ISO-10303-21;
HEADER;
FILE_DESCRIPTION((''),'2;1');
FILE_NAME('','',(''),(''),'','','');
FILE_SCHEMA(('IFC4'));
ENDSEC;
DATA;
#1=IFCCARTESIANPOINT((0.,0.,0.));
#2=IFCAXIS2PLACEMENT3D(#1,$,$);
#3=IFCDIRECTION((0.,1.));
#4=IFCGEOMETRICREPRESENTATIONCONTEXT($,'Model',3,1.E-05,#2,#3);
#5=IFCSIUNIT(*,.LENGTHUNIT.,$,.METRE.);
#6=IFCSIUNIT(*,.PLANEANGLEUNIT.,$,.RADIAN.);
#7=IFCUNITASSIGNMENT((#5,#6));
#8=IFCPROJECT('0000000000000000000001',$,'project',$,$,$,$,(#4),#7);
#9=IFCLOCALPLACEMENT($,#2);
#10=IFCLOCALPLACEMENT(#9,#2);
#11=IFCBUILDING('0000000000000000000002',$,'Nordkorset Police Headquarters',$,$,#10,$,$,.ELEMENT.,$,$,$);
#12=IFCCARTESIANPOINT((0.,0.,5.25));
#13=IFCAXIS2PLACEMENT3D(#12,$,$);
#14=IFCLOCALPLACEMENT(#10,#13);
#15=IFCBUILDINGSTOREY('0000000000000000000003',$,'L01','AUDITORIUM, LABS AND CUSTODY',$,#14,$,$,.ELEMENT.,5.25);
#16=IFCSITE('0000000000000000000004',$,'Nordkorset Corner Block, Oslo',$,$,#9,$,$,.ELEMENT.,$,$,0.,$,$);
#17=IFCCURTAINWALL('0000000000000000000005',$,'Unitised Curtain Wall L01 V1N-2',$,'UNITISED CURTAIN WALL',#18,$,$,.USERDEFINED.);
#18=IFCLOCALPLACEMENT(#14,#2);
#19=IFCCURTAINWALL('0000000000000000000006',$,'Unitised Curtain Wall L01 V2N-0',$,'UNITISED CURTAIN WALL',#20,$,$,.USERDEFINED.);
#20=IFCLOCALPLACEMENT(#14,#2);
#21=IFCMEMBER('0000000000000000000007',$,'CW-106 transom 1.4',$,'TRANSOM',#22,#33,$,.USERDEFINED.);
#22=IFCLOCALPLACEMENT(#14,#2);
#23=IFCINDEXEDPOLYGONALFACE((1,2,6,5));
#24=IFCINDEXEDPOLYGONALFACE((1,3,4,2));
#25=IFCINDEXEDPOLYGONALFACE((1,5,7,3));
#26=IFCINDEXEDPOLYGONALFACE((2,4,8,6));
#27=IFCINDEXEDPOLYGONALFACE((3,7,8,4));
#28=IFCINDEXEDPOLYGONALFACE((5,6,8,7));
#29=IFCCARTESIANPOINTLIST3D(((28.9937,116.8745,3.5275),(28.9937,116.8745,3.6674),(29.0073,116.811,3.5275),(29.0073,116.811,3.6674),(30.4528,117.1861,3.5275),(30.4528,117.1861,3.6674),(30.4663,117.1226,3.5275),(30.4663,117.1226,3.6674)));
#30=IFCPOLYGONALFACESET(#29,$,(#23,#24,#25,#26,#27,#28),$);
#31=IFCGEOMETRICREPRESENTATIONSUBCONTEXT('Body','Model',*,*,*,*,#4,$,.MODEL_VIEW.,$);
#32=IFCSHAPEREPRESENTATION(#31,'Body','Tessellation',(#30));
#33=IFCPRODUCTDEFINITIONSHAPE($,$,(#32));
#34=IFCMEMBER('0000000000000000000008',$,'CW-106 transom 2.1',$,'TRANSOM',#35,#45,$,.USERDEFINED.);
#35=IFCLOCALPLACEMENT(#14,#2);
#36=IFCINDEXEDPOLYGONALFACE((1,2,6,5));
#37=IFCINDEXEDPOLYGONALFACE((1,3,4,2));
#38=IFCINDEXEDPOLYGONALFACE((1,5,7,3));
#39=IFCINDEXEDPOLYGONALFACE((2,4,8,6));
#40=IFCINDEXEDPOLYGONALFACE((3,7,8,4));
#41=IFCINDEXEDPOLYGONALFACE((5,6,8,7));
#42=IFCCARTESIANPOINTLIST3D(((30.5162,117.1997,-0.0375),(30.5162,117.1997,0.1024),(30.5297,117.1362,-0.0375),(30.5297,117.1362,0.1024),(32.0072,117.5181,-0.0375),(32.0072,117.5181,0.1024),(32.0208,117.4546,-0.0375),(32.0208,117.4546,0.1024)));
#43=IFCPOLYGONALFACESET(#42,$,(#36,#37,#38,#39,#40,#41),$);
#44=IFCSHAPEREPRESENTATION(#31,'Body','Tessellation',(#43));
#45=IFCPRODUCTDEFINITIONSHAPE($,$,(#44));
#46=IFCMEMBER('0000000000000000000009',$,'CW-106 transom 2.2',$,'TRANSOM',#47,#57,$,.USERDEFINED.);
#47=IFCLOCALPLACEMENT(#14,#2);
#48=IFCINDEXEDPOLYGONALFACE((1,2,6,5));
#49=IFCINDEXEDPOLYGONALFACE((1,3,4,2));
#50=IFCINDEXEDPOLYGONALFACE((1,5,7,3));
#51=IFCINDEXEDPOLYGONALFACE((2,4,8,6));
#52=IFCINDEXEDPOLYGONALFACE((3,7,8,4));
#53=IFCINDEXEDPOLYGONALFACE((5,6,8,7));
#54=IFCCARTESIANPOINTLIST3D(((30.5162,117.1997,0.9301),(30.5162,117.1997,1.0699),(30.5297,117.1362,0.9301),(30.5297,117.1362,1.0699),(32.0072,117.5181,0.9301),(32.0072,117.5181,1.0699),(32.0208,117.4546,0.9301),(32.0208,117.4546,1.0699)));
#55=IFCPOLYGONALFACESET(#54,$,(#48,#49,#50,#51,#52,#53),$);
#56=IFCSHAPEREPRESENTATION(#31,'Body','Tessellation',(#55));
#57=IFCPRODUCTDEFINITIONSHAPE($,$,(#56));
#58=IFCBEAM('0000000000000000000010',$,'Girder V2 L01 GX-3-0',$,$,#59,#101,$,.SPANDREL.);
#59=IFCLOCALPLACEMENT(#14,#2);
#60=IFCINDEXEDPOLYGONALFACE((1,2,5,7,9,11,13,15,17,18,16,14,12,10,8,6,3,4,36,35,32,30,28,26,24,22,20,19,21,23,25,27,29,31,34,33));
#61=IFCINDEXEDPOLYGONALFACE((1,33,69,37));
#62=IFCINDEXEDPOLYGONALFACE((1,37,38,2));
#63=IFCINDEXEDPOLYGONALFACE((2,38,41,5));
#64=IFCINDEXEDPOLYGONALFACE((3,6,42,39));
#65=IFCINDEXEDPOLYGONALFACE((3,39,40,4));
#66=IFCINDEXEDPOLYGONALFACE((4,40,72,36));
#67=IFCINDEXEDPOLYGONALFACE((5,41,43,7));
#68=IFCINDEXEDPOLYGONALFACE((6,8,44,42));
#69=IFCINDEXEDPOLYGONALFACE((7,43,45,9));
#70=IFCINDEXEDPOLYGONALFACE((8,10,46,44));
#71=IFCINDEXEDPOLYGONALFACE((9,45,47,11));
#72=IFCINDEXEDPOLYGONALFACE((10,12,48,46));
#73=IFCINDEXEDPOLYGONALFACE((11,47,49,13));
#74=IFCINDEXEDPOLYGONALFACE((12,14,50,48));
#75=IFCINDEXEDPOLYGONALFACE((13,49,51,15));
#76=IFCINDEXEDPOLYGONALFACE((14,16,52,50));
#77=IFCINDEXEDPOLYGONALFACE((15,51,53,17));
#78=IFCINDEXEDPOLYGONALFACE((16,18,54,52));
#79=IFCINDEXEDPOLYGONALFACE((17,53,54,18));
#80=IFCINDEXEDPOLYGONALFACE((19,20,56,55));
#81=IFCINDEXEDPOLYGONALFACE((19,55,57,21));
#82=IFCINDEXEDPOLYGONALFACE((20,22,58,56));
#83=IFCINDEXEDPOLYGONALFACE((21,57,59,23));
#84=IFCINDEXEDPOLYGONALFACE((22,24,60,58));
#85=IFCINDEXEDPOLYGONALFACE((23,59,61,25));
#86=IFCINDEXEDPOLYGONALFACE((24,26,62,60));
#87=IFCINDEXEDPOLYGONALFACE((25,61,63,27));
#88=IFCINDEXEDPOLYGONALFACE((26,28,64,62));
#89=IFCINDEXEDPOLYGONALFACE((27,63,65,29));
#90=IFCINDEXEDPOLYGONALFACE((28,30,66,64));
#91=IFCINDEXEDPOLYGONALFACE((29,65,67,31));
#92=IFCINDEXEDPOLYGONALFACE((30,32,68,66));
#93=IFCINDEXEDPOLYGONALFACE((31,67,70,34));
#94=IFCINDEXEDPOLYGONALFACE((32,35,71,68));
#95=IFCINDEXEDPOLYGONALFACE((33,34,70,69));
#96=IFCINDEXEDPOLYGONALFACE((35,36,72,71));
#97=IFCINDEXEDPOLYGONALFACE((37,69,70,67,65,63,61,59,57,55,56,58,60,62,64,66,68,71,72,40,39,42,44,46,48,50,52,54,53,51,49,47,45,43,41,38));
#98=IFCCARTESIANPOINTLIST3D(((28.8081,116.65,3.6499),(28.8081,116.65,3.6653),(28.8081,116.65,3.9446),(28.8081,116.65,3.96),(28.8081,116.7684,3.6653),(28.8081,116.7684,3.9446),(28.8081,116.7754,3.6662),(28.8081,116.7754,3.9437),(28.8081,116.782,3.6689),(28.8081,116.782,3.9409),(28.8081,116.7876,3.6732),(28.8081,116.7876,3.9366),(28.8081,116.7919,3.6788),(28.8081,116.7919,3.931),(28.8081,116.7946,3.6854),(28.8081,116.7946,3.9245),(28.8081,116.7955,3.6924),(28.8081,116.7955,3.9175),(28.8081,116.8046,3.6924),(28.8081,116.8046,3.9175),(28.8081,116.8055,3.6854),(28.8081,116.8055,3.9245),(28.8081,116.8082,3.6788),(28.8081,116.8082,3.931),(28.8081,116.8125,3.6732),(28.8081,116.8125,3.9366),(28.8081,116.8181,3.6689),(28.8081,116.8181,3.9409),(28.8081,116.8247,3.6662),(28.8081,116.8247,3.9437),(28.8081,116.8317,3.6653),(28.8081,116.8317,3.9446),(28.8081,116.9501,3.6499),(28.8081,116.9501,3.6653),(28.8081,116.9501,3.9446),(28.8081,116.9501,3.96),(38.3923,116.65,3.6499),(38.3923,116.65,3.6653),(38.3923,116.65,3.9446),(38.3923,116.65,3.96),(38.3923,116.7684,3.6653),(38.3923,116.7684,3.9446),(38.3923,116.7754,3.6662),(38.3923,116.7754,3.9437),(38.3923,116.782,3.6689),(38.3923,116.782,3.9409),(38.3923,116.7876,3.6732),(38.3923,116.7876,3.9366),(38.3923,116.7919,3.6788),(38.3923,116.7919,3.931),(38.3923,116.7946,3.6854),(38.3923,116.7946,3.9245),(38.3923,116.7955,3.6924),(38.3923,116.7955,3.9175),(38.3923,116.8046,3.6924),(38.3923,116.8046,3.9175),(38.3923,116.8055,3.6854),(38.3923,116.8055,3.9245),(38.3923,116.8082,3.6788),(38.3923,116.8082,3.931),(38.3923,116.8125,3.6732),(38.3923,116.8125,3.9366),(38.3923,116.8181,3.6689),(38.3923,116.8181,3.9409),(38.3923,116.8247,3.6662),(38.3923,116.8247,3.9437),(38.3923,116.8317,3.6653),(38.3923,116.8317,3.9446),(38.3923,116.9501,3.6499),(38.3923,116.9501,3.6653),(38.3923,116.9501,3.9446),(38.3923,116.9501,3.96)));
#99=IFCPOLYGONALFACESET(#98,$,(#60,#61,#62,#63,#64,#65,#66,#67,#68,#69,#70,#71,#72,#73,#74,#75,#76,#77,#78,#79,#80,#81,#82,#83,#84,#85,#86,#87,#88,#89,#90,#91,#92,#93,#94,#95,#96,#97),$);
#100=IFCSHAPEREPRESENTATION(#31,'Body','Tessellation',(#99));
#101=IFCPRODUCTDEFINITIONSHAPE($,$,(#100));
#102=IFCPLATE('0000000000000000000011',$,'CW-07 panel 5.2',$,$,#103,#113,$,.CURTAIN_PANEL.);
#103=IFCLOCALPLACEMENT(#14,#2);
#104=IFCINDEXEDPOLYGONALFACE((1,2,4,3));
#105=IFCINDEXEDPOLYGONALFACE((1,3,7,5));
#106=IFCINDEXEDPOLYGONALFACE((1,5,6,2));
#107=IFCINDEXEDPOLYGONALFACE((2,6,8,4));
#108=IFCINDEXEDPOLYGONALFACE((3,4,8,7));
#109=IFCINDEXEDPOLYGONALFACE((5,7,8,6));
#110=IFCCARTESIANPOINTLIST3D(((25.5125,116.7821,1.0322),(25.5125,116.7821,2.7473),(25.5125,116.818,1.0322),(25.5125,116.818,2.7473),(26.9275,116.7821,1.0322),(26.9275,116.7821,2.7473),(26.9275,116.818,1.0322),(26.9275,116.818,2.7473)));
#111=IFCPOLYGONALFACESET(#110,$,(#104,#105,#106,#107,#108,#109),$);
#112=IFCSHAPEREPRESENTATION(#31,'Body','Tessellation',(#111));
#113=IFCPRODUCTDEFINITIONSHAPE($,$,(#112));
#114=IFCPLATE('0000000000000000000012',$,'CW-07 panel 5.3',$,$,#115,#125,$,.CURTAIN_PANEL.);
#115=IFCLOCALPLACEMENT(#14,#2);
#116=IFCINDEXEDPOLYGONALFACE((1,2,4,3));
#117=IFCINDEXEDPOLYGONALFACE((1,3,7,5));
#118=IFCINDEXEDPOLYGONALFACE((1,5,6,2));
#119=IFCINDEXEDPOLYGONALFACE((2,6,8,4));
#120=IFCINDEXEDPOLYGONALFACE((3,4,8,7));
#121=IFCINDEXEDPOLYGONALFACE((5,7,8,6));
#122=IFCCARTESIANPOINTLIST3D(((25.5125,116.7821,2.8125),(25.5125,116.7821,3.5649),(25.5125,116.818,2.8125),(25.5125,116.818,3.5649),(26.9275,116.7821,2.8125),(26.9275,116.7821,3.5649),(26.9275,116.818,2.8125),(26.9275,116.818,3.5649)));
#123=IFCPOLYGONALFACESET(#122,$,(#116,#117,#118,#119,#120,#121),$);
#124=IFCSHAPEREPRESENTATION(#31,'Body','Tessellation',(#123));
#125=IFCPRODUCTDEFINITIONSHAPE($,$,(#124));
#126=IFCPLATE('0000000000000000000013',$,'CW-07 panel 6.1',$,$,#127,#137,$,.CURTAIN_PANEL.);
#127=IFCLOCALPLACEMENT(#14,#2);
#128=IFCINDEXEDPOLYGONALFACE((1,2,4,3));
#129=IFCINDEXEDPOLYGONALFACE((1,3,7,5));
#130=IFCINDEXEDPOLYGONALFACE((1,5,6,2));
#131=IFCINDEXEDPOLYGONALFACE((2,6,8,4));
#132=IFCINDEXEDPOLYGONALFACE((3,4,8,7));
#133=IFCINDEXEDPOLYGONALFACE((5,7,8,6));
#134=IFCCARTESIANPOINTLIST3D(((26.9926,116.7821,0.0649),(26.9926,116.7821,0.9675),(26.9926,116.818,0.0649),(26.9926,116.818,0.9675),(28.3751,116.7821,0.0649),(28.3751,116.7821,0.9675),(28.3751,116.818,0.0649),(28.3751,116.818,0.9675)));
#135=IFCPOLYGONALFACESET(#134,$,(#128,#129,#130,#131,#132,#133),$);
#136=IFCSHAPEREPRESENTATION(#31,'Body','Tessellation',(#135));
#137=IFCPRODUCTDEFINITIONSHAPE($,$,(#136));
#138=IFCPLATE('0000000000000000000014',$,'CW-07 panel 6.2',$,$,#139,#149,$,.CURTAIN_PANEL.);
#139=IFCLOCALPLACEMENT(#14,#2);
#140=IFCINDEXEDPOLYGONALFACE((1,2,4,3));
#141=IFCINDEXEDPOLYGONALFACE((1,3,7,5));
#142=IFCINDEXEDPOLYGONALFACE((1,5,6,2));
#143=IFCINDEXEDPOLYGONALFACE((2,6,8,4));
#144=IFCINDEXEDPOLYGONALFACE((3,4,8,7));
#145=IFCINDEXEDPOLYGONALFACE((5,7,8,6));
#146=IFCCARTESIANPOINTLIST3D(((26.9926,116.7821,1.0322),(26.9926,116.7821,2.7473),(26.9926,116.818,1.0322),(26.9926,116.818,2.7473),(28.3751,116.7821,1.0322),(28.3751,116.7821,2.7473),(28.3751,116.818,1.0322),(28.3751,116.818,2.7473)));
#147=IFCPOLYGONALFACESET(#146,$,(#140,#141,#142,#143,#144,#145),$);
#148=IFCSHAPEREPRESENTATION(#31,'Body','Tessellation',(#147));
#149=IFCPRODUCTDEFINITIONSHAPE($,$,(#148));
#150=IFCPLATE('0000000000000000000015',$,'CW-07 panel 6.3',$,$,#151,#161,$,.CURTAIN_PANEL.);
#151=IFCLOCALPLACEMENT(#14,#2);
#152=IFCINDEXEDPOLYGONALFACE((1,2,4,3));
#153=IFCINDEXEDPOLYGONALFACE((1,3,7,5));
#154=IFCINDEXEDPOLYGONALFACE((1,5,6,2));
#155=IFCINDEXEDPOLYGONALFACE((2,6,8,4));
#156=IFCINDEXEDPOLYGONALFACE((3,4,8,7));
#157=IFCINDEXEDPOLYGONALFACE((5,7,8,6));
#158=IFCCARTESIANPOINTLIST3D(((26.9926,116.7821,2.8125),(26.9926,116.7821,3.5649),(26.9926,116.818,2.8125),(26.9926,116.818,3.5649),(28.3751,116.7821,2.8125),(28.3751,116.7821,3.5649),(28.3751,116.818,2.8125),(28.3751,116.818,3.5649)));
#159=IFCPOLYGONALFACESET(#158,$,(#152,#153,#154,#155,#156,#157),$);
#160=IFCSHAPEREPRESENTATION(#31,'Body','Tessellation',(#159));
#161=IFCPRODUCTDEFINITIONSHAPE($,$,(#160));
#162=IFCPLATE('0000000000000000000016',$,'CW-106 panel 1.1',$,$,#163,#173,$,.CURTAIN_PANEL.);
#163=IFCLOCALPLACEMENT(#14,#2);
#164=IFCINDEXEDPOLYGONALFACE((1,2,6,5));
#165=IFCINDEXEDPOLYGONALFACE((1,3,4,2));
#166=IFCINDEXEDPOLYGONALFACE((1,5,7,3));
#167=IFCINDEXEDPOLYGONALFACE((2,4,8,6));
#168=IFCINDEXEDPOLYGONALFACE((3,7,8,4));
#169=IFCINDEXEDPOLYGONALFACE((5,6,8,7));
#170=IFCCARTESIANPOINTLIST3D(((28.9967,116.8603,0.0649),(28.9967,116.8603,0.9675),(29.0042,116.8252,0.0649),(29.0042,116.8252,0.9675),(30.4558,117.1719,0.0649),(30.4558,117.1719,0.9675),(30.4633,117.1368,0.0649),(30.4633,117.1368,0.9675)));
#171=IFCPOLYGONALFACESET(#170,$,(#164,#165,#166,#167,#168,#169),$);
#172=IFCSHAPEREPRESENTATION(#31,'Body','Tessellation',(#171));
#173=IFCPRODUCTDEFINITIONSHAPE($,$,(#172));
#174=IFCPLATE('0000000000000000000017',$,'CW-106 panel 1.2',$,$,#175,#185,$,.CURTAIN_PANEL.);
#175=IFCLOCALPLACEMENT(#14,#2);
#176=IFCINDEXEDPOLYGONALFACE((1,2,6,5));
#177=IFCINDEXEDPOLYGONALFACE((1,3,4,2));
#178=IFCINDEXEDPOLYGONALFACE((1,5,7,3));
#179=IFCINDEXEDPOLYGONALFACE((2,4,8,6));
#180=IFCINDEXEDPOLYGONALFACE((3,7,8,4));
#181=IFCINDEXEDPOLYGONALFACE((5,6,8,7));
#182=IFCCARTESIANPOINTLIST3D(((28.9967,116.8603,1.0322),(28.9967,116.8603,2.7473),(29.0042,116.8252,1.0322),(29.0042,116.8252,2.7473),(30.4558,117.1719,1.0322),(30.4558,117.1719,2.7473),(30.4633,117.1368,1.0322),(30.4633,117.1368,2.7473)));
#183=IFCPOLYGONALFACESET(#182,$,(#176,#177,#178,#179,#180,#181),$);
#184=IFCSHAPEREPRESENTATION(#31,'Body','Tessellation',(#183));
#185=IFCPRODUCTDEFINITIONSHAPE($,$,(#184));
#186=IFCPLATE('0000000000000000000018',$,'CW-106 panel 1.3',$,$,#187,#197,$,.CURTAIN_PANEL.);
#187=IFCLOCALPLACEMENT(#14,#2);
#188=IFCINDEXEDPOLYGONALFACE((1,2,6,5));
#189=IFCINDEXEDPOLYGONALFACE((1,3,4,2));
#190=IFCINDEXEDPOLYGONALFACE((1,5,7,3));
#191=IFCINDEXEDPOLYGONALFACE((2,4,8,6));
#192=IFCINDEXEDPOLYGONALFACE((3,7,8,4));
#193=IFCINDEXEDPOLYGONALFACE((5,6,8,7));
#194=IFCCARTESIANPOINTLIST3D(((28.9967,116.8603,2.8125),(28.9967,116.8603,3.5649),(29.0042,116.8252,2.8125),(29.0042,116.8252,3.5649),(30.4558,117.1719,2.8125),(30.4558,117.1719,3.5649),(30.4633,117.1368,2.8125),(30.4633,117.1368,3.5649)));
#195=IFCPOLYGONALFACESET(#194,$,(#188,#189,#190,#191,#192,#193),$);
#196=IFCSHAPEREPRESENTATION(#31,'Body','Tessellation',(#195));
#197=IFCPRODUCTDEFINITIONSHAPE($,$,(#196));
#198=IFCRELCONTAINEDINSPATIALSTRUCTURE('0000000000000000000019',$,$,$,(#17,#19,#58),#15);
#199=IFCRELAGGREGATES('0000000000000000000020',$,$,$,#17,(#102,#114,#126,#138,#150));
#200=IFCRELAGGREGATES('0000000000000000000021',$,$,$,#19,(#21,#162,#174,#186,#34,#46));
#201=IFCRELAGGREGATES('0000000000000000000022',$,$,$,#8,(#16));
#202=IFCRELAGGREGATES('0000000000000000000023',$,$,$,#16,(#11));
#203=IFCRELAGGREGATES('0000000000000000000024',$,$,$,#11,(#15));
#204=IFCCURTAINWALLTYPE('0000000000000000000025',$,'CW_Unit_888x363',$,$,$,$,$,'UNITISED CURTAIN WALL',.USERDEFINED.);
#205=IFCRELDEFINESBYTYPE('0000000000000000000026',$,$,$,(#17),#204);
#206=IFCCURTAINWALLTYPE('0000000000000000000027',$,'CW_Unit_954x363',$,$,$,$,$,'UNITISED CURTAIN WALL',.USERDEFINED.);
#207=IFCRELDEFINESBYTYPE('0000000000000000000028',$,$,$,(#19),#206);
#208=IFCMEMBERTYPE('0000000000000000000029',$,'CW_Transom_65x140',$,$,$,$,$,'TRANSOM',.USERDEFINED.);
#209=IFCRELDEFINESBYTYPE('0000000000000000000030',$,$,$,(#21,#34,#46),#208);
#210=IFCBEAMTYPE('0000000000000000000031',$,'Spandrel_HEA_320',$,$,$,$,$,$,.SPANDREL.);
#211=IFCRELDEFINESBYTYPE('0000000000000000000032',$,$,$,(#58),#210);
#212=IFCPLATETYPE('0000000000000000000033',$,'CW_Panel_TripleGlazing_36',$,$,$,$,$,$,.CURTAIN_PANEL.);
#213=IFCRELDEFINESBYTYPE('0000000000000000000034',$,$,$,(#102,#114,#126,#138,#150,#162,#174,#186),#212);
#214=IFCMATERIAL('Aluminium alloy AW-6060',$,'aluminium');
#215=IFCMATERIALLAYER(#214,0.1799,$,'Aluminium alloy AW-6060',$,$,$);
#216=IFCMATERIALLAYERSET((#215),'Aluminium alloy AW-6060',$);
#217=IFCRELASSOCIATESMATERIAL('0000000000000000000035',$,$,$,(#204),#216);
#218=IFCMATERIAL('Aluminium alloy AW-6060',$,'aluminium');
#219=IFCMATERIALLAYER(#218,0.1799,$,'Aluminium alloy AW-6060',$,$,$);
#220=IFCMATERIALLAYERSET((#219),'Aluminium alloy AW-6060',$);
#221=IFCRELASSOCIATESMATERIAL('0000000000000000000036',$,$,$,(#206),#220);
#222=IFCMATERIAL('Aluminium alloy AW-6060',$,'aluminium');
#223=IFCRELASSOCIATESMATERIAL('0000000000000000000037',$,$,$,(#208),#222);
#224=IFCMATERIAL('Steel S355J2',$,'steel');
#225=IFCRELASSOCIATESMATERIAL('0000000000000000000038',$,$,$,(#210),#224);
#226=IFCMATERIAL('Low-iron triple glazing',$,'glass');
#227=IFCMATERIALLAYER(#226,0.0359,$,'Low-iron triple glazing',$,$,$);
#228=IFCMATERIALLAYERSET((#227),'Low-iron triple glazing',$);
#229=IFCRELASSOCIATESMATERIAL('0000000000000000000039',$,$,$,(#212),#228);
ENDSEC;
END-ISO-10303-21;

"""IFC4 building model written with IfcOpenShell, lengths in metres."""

from ifc_helpers import new_model, si_unit, direction, frame, origin, origin_2d, place, context, subcontext, project, spatial, rectangle, i_section, extrude, material, layer, layer_set, material_profile, profile_set, type_object, element, aggregate, save


model = new_model("IFC4")

# Units and contexts
model_context = context("Model", 3, precision=1e-05, world=origin(), true_north=direction((0.0, 1.0)))
body_context = subcontext(model_context, "Body", "Model", "MODEL_VIEW")
ifc_project = project(units=[si_unit("LENGTHUNIT", "METRE"), si_unit("PLANEANGLEUNIT", "RADIAN")], contexts=[model_context])

# Site, building, storey
site_placement = place(None, origin())
site = spatial("IfcSite", under=ifc_project, at=site_placement, Name="Nordkorset Corner Block, Oslo", CompositionType="ELEMENT", RefElevation=0.0)
building_placement = place(site_placement, origin())
building = spatial("IfcBuilding", under=site, at=building_placement, Name="Nordkorset Police Headquarters", CompositionType="ELEMENT")
storey_placement = place(building_placement, frame((0.0, 0.0, 5.25)))
storey = spatial("IfcBuildingStorey", under=building, at=storey_placement, Name="L01", Description="AUDITORIUM, LABS AND CUSTODY", CompositionType="ELEMENT", Elevation=5.25)

# Curtain walls
ifc_material_1 = material(Name="Aluminium alloy AW-6060", Category="aluminium")
ifc_layer_1 = layer(ifc_material_1, 0.1799, Name="Aluminium alloy AW-6060")
ifc_layer_set_1 = layer_set([ifc_layer_1], Name="Aluminium alloy AW-6060")
curtain_wall_type_1 = type_object("IfcCurtainWallType", Name="CW_Unit_888x363", ElementType="UNITISED CURTAIN WALL", PredefinedType="USERDEFINED", material=ifc_layer_set_1)
curtain_wall_1_placement = place(storey_placement, origin())
curtain_wall_1 = element("IfcCurtainWall", 1, at=curtain_wall_1_placement, inside=storey, type_object=curtain_wall_type_1, Name="Unitised Curtain Wall L01 V1N-2", ObjectType="UNITISED CURTAIN WALL", PredefinedType="USERDEFINED")
ifc_material_2 = material(Name="Aluminium alloy AW-6060", Category="aluminium")
ifc_layer_2 = layer(ifc_material_2, 0.1799, Name="Aluminium alloy AW-6060")
ifc_layer_set_2 = layer_set([ifc_layer_2], Name="Aluminium alloy AW-6060")
curtain_wall_type_2 = type_object("IfcCurtainWallType", Name="CW_Unit_954x363", ElementType="UNITISED CURTAIN WALL", PredefinedType="USERDEFINED", material=ifc_layer_set_2)
curtain_wall_2_placement = place(storey_placement, origin())
curtain_wall_2 = element("IfcCurtainWall", 2, at=curtain_wall_2_placement, inside=storey, type_object=curtain_wall_type_2, Name="Unitised Curtain Wall L01 V2N-0", ObjectType="UNITISED CURTAIN WALL", PredefinedType="USERDEFINED")

# Members
ifc_material_3 = material(Name="Aluminium alloy AW-6060", Category="aluminium")
ifc_material_profile_1 = material_profile(ifc_material_3, rectangle(XDim=0.0649, YDim=0.1399, at=origin_2d()), Name="ALU TRAN 65x140")
ifc_profile_set_1 = profile_set([ifc_material_profile_1], Name="Aluminium alloy AW-6060")
member_type_1 = type_object("IfcMemberType", Name="CW_Transom_65x140", ElementType="TRANSOM", PredefinedType="USERDEFINED", material=ifc_profile_set_1)
member_1_placement = place(storey_placement, frame((29.0005, 116.8428, 3.5974), z_axis=(0.977955, 0.208814, 0.0), x_axis=(-0.208814, 0.977955, 0.0)))
member_1 = element("IfcMember", 3, at=member_1_placement, type_object=member_type_1, Name="CW-106 transom 1.4", ObjectType="TRANSOM", PredefinedType="USERDEFINED", context=body_context, shape_type="SweptSolid", body=[
    extrude(rectangle(XDim=0.0649, YDim=0.1399, at=origin_2d()), origin(), (0.0, 0.0, 1.0), 1.4919),
])
member_2_placement = place(storey_placement, frame((30.5229, 117.168, 0.0325), z_axis=(0.977954, 0.208818, 0.0), x_axis=(-0.208818, 0.977954, 0.0)))
member_2 = element("IfcMember", 4, at=member_2_placement, type_object=member_type_1, Name="CW-106 transom 2.1", ObjectType="TRANSOM", PredefinedType="USERDEFINED", context=body_context, shape_type="SweptSolid", body=[
    extrude(rectangle(XDim=0.0649, YDim=0.1399, at=origin_2d()), origin(), (0.0, 0.0, 1.0), 1.5247),
])
member_3_placement = place(storey_placement, frame((30.5229, 117.168, 1.0), z_axis=(0.977954, 0.208818, 0.0), x_axis=(-0.208818, 0.977954, 0.0)))
member_3 = element("IfcMember", 5, at=member_3_placement, type_object=member_type_1, Name="CW-106 transom 2.2", ObjectType="TRANSOM", PredefinedType="USERDEFINED", context=body_context, shape_type="SweptSolid", body=[
    extrude(rectangle(XDim=0.0649, YDim=0.1399, at=origin_2d()), origin(), (0.0, 0.0, 1.0), 1.5247),
])

# Beam
ifc_material_4 = material(Name="Steel S355J2", Category="steel")
ifc_material_profile_2 = material_profile(ifc_material_4, i_section(OverallWidth=0.3, OverallDepth=0.3101, WebThickness=0.009, FlangeThickness=0.0154, FilletRadius=0.0271, at=origin_2d()), Name="HEA 320")
ifc_profile_set_2 = profile_set([ifc_material_profile_2], Name="Steel S355J2")
beam_type = type_object("IfcBeamType", Name="Spandrel_HEA_320", PredefinedType="SPANDREL", material=ifc_profile_set_2)
beam_placement = place(storey_placement, frame((28.8081, 116.8, 3.8049), z_axis=(1.0, 0.0, 0.0), x_axis=(0.0, 1.0, 0.0)))
element("IfcBeam", 6, at=beam_placement, inside=storey, type_object=beam_type, Name="Girder V2 L01 GX-3-0", PredefinedType="SPANDREL", context=body_context, shape_type="SweptSolid", body=[
    extrude(i_section(OverallWidth=0.3, OverallDepth=0.3101, WebThickness=0.009, FlangeThickness=0.0154, FilletRadius=0.0271, at=origin_2d()), origin(), (0.0, 0.0, 1.0), 9.5842),
])

# Plates
ifc_material_5 = material(Name="Low-iron triple glazing", Category="glass")
ifc_layer_3 = layer(ifc_material_5, 0.0359, Name="Low-iron triple glazing")
ifc_layer_set_3 = layer_set([ifc_layer_3], Name="Low-iron triple glazing")
plate_type = type_object("IfcPlateType", Name="CW_Panel_TripleGlazing_36", PredefinedType="CURTAIN_PANEL", material=ifc_layer_set_3)
plate_1_placement = place(storey_placement, frame((26.22, 116.8, 1.0322), z_axis=(0.0, 0.0, 1.0), x_axis=(1.0, 0.0, 0.0)))
plate_1 = element("IfcPlate", 7, at=plate_1_placement, type_object=plate_type, Name="CW-07 panel 5.2", PredefinedType="CURTAIN_PANEL", context=body_context, shape_type="SweptSolid", body=[
    extrude(rectangle(XDim=1.415, YDim=0.0359, at=origin_2d()), origin(), (0.0, 0.0, 1.0), 1.7151),
])
plate_2_placement = place(storey_placement, frame((26.22, 116.8, 2.8125), z_axis=(0.0, 0.0, 1.0), x_axis=(1.0, 0.0, 0.0)))
plate_2 = element("IfcPlate", 8, at=plate_2_placement, type_object=plate_type, Name="CW-07 panel 5.3", PredefinedType="CURTAIN_PANEL", context=body_context, shape_type="SweptSolid", body=[
    extrude(rectangle(XDim=1.415, YDim=0.0359, at=origin_2d()), origin(), (0.0, 0.0, 1.0), 0.7524),
])
plate_3_placement = place(storey_placement, frame((27.6838, 116.8, 0.0649), z_axis=(0.0, 0.0, 1.0), x_axis=(1.0, 0.0, 0.0)))
plate_3 = element("IfcPlate", 9, at=plate_3_placement, type_object=plate_type, Name="CW-07 panel 6.1", PredefinedType="CURTAIN_PANEL", context=body_context, shape_type="SweptSolid", body=[
    extrude(rectangle(XDim=1.3826, YDim=0.0359, at=origin_2d()), origin(), (0.0, 0.0, 1.0), 0.9026),
])
plate_4_placement = place(storey_placement, frame((27.6838, 116.8, 1.0322), z_axis=(0.0, 0.0, 1.0), x_axis=(1.0, 0.0, 0.0)))
plate_4 = element("IfcPlate", 10, at=plate_4_placement, type_object=plate_type, Name="CW-07 panel 6.2", PredefinedType="CURTAIN_PANEL", context=body_context, shape_type="SweptSolid", body=[
    extrude(rectangle(XDim=1.3826, YDim=0.0359, at=origin_2d()), origin(), (0.0, 0.0, 1.0), 1.7151),
])
plate_5_placement = place(storey_placement, frame((27.6838, 116.8, 2.8125), z_axis=(0.0, 0.0, 1.0), x_axis=(1.0, 0.0, 0.0)))
plate_5 = element("IfcPlate", 11, at=plate_5_placement, type_object=plate_type, Name="CW-07 panel 6.3", PredefinedType="CURTAIN_PANEL", context=body_context, shape_type="SweptSolid", body=[
    extrude(rectangle(XDim=1.3826, YDim=0.0359, at=origin_2d()), origin(), (0.0, 0.0, 1.0), 0.7524),
])
aggregate(curtain_wall_1, [plate_1, plate_2, plate_3, plate_4, plate_5])
plate_6_placement = place(storey_placement, frame((29.73, 116.9985, 0.0649), z_axis=(0.0, 0.0, 1.0), x_axis=(0.977951, 0.208833, 0.0)))
plate_6 = element("IfcPlate", 12, at=plate_6_placement, type_object=plate_type, Name="CW-106 panel 1.1", PredefinedType="CURTAIN_PANEL", context=body_context, shape_type="SweptSolid", body=[
    extrude(rectangle(XDim=1.4919, YDim=0.0359, at=origin_2d()), origin(), (0.0, 0.0, 1.0), 0.9026),
])
plate_7_placement = place(storey_placement, frame((29.73, 116.9985, 1.0322), z_axis=(0.0, 0.0, 1.0), x_axis=(0.977951, 0.208833, 0.0)))
plate_7 = element("IfcPlate", 13, at=plate_7_placement, type_object=plate_type, Name="CW-106 panel 1.2", PredefinedType="CURTAIN_PANEL", context=body_context, shape_type="SweptSolid", body=[
    extrude(rectangle(XDim=1.4919, YDim=0.0359, at=origin_2d()), origin(), (0.0, 0.0, 1.0), 1.7151),
])
plate_8_placement = place(storey_placement, frame((29.73, 116.9985, 2.8125), z_axis=(0.0, 0.0, 1.0), x_axis=(0.977951, 0.208833, 0.0)))
plate_8 = element("IfcPlate", 14, at=plate_8_placement, type_object=plate_type, Name="CW-106 panel 1.3", PredefinedType="CURTAIN_PANEL", context=body_context, shape_type="SweptSolid", body=[
    extrude(rectangle(XDim=1.4919, YDim=0.0359, at=origin_2d()), origin(), (0.0, 0.0, 1.0), 0.7524),
])
aggregate(curtain_wall_2, [member_1, plate_6, plate_7, plate_8, member_2, member_3])

save(model, "model.ifc")
